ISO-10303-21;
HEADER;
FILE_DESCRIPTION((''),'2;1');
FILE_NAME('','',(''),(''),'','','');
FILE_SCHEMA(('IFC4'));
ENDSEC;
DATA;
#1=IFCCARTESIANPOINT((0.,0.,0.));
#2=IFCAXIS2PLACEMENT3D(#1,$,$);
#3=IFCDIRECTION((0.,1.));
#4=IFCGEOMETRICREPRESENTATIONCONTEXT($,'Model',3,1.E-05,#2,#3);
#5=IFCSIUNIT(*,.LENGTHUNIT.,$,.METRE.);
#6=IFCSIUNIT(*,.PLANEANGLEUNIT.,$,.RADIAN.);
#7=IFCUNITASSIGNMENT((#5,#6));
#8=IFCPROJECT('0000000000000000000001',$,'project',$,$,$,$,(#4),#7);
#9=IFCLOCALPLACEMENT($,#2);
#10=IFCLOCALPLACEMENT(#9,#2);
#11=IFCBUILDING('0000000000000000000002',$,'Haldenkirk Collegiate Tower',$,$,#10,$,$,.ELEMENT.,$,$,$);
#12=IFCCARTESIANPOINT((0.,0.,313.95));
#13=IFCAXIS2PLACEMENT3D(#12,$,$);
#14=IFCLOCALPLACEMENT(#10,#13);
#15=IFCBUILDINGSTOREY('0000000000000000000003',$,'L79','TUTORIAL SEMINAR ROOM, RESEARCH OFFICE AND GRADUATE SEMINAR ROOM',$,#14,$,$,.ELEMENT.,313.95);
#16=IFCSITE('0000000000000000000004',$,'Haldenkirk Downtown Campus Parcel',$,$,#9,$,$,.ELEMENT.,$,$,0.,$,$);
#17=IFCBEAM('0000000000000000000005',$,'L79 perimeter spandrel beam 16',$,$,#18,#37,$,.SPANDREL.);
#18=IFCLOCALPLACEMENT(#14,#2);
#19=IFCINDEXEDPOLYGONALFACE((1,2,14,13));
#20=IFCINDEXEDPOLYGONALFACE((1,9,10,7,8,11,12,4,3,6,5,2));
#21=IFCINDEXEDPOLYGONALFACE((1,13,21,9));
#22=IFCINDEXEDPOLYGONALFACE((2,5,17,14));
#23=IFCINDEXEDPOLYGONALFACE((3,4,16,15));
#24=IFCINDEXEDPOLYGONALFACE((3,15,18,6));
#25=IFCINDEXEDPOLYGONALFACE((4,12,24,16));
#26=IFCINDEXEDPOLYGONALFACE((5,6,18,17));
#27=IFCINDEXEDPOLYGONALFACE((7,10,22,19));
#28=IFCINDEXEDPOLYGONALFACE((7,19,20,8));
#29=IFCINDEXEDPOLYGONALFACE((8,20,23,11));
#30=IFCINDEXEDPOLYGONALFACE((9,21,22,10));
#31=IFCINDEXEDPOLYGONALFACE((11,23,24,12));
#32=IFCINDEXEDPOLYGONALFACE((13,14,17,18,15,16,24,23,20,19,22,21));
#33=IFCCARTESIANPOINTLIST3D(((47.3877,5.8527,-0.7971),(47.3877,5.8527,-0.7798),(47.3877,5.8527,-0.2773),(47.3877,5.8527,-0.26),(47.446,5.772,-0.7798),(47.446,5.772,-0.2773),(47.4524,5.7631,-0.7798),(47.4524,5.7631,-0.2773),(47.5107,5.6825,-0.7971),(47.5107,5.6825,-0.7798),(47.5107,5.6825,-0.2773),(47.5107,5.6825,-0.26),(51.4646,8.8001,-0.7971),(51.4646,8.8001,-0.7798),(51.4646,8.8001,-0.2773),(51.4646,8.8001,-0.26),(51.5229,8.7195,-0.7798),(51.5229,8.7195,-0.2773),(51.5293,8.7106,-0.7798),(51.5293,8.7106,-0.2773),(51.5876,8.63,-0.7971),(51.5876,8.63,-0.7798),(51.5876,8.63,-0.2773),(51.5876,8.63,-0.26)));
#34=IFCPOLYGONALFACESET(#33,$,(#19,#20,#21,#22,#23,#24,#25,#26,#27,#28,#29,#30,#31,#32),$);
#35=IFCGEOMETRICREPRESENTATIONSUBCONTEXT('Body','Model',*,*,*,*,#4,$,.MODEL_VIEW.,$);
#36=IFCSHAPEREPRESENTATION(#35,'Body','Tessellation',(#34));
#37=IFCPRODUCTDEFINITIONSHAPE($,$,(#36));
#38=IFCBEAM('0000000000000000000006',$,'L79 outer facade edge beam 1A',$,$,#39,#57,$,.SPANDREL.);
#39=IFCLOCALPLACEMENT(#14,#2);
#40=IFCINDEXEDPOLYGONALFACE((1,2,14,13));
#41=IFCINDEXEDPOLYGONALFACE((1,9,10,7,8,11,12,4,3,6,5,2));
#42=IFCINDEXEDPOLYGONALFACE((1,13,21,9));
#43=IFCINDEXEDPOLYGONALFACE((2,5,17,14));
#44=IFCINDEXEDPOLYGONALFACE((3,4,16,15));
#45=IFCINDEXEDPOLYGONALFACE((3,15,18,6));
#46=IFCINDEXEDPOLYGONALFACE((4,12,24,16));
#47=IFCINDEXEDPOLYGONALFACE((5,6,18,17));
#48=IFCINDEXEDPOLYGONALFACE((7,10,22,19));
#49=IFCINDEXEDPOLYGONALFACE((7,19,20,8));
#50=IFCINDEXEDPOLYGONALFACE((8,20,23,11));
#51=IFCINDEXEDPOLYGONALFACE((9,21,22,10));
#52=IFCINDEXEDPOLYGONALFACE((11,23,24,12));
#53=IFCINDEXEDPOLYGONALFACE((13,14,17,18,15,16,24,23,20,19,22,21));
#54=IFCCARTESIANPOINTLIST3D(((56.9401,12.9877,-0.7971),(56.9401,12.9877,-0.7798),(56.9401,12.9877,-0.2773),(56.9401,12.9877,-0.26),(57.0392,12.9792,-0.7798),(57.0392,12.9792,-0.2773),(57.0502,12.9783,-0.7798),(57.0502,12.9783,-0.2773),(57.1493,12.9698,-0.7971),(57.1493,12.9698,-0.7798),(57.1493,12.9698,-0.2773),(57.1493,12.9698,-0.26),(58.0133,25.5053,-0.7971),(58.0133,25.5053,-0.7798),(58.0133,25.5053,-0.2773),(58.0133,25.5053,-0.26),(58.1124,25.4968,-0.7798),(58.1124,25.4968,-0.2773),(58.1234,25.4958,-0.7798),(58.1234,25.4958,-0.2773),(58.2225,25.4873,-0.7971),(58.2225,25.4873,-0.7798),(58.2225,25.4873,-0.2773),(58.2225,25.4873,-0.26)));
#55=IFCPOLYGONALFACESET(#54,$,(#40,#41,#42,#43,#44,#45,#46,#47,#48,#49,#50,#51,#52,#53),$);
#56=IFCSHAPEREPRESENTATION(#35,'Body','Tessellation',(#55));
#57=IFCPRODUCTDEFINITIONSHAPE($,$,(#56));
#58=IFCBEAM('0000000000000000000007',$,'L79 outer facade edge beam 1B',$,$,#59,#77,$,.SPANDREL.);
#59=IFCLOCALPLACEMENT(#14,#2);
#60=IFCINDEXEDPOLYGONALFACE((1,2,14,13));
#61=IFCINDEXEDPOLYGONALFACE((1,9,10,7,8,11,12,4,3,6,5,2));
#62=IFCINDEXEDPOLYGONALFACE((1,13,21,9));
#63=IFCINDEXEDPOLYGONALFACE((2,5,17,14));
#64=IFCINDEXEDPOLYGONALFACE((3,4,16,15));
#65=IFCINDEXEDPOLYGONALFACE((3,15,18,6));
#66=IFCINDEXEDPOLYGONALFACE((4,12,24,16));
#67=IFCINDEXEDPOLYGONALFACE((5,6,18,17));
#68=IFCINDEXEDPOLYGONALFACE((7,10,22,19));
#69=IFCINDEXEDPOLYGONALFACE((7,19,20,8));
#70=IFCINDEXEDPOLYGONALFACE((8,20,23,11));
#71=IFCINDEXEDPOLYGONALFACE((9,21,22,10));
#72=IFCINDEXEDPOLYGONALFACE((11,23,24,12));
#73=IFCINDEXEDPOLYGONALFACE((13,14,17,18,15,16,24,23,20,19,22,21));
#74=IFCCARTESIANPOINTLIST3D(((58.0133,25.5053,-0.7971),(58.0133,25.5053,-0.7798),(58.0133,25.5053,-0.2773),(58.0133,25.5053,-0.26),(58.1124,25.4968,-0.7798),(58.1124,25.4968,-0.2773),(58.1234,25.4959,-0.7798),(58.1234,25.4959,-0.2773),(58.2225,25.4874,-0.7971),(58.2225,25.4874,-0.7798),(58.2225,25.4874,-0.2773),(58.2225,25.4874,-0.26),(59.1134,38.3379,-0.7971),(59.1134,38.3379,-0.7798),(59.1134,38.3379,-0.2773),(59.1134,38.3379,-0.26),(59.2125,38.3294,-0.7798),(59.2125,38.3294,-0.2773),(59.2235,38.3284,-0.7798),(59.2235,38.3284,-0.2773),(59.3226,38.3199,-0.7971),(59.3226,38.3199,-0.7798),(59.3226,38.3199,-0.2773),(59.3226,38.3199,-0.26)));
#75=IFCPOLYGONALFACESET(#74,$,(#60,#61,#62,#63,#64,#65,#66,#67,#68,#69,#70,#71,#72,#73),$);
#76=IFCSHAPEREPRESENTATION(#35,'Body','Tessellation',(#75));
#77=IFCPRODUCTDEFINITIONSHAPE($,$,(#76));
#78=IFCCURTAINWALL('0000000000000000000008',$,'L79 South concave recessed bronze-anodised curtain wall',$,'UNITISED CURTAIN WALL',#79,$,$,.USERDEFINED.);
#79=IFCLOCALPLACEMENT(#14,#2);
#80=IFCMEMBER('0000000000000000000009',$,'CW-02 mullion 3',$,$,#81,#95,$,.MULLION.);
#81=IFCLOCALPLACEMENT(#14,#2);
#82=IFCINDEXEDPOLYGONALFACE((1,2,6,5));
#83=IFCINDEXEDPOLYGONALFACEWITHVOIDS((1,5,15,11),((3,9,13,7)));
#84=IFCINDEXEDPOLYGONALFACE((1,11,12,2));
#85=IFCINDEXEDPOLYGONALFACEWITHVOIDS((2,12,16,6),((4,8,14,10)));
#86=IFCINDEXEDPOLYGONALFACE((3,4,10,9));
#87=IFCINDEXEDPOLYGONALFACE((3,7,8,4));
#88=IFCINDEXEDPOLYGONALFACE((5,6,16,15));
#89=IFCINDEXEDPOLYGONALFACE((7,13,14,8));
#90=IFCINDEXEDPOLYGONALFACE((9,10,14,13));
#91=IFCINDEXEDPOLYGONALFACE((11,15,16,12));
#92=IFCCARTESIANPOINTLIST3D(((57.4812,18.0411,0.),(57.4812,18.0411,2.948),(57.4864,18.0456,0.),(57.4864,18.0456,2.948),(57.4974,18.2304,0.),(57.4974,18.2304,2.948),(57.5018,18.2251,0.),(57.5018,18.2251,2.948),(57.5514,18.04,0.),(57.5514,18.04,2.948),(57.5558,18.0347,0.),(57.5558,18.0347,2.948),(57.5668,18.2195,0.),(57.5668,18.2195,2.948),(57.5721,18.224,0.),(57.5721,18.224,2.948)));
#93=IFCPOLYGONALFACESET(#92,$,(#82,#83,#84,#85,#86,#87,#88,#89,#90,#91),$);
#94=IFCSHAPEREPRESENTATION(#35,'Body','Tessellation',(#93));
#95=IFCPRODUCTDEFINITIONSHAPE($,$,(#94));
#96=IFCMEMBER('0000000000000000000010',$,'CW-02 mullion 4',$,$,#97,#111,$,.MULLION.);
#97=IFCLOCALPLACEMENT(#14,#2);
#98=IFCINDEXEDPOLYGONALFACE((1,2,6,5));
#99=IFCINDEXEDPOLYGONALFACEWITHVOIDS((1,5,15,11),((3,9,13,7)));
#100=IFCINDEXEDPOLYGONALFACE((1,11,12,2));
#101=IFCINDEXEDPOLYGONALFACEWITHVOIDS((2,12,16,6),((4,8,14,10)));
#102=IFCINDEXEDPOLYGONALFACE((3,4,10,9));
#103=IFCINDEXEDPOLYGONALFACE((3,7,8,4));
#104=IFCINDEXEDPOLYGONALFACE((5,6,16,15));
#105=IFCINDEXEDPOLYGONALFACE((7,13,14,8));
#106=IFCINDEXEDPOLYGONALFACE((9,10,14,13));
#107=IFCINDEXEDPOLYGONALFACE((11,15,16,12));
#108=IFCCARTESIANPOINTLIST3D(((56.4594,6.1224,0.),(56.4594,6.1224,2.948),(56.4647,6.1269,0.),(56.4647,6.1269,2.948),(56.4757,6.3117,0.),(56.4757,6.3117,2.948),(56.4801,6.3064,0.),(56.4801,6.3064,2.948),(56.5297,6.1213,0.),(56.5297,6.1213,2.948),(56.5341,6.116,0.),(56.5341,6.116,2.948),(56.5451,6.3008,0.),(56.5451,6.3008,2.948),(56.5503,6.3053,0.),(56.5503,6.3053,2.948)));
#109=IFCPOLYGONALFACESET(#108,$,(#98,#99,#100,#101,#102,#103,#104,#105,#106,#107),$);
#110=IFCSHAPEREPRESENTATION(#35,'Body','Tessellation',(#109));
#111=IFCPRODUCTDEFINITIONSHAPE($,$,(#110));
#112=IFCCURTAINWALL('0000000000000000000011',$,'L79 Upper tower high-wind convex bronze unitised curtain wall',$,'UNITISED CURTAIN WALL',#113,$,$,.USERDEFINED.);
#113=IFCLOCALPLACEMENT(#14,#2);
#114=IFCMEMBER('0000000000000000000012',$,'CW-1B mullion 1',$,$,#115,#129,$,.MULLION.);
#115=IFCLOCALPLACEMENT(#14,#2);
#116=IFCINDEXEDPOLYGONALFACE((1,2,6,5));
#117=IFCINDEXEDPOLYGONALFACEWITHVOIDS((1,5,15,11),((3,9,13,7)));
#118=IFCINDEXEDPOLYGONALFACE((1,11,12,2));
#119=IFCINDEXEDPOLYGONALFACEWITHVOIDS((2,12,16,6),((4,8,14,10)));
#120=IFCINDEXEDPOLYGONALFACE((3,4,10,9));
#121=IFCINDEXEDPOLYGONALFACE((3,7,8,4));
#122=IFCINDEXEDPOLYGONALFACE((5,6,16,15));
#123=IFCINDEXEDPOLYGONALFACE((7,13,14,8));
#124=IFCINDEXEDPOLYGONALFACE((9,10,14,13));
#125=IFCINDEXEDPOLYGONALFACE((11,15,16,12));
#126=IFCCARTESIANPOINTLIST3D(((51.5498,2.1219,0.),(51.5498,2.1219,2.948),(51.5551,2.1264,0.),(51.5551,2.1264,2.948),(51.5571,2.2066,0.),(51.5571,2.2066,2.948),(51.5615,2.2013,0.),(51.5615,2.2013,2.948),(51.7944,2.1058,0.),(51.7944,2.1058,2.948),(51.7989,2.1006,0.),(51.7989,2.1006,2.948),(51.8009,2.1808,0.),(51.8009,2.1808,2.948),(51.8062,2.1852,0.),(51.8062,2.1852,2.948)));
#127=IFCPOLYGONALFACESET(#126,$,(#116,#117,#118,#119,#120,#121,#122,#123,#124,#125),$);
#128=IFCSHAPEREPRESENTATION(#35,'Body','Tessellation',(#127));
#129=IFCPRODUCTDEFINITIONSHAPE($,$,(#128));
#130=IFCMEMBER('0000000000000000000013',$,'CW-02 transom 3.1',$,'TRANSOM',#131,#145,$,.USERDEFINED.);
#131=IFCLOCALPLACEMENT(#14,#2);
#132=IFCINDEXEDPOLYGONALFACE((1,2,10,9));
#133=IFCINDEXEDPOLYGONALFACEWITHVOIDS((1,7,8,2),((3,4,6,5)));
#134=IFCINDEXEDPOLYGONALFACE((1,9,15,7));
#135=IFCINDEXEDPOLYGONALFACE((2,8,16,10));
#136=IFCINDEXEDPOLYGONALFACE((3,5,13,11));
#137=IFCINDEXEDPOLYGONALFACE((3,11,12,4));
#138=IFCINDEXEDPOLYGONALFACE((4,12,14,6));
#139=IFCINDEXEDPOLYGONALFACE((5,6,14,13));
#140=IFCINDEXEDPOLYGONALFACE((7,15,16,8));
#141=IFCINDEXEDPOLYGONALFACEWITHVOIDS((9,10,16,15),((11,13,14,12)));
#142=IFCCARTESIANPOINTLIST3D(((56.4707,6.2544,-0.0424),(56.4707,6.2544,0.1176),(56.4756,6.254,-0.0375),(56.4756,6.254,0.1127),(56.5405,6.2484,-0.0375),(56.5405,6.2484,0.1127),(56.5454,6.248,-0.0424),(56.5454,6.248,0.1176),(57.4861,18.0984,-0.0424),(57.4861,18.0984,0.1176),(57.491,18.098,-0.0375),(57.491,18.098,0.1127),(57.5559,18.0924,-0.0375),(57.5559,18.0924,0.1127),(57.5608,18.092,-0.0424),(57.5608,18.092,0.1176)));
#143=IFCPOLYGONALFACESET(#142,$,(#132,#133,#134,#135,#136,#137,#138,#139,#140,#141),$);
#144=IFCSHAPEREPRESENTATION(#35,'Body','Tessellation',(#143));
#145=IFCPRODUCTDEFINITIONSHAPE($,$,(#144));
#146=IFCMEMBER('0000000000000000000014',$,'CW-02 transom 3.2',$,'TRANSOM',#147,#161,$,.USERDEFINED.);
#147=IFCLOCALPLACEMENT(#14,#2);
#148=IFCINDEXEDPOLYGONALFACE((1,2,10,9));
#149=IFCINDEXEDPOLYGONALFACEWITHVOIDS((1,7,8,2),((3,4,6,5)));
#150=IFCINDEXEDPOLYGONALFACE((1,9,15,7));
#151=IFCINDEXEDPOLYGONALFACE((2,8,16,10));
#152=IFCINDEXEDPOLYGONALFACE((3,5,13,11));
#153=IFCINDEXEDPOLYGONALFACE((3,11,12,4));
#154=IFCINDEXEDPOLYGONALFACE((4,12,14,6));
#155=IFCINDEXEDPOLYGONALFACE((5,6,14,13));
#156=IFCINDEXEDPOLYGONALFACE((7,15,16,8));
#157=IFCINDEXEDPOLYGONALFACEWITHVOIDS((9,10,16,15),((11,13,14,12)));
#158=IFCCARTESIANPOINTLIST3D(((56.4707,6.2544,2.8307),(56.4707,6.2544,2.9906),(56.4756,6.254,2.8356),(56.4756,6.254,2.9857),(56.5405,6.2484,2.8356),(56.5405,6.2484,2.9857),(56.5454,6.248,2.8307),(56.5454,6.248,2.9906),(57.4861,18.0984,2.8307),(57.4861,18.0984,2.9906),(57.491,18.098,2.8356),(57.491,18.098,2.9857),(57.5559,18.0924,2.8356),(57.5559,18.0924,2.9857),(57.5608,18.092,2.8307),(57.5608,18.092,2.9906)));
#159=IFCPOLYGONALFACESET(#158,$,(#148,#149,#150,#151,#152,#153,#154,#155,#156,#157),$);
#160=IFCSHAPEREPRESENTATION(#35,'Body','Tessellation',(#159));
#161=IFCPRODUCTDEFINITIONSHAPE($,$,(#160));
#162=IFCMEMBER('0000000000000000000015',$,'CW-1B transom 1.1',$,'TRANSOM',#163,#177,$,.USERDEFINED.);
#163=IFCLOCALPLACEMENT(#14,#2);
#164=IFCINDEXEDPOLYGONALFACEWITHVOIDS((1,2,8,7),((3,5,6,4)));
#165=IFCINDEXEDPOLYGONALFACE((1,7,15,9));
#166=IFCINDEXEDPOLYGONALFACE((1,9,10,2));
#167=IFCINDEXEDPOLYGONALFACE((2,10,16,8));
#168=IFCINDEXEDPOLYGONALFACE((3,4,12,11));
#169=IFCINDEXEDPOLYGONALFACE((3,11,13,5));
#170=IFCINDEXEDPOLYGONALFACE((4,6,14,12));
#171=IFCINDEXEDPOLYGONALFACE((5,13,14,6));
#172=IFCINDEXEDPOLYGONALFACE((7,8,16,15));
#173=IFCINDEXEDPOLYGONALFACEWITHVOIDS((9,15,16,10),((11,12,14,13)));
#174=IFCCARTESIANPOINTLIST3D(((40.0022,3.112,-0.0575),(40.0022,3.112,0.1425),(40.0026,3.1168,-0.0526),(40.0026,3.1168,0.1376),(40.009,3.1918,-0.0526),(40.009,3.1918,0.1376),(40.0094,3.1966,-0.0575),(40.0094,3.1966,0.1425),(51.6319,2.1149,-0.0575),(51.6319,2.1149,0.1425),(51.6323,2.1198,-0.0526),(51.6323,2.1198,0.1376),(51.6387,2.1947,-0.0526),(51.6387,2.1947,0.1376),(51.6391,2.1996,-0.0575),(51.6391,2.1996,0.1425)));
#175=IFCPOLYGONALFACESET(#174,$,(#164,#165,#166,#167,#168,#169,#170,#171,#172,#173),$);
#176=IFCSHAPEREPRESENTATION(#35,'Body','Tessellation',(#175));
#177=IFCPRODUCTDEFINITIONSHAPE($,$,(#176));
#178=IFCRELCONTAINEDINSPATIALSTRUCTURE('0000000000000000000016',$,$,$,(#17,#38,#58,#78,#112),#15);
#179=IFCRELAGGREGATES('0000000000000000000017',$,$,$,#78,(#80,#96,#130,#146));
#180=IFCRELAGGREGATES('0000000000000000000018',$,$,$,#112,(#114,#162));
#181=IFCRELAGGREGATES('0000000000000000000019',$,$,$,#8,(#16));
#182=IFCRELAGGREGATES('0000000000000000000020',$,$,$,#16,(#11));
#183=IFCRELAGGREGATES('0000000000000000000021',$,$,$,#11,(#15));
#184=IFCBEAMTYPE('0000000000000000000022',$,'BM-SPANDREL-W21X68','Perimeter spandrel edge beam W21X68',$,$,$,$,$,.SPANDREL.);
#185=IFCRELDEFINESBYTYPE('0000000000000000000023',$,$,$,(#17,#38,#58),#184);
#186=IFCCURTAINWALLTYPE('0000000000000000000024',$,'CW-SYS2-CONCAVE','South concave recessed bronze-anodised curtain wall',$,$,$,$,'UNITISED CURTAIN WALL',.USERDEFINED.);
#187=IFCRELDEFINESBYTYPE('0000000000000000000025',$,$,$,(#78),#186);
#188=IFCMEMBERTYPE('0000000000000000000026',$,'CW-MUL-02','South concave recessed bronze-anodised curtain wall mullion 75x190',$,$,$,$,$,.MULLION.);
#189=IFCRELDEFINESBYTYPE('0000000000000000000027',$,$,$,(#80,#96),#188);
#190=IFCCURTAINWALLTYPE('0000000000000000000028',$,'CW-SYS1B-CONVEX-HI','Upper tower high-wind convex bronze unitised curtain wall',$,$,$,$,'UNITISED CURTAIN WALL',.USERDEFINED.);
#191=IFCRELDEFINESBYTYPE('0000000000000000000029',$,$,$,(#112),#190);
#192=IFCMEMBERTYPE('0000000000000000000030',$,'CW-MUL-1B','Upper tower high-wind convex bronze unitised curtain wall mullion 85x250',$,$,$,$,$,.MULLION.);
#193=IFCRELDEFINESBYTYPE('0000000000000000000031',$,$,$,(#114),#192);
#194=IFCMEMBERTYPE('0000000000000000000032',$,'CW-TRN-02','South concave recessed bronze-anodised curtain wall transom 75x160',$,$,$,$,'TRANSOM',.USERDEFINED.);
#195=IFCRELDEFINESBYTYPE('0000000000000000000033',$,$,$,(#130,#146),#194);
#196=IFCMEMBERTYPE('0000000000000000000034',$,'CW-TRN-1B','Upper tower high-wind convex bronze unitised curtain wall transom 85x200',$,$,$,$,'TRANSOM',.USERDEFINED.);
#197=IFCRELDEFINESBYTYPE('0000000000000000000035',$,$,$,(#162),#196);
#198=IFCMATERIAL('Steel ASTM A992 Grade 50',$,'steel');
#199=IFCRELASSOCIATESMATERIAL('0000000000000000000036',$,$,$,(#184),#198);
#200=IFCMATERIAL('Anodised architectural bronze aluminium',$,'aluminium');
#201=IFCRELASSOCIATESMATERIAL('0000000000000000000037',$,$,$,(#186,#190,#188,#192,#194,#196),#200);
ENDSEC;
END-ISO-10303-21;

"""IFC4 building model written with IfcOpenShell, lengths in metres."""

from ifc_helpers import new_model, si_unit, direction, frame, origin, origin_2d, place, context, subcontext, project, spatial, hollow_rectangle, i_section, extrude, material, material_profile, profile_set, type_object, element, aggregate, save


model = new_model("IFC4")

# Units and contexts
model_context = context("Model", 3, precision=1e-05, world=origin(), true_north=direction((0.0, 1.0)))
body_context = subcontext(model_context, "Body", "Model", "MODEL_VIEW")
ifc_project = project(units=[si_unit("LENGTHUNIT", "METRE"), si_unit("PLANEANGLEUNIT", "RADIAN")], contexts=[model_context])

# Site, building, storey
site_placement = place(None, origin())
site = spatial("IfcSite", under=ifc_project, at=site_placement, Name="Haldenkirk Downtown Campus Parcel", CompositionType="ELEMENT", RefElevation=0.0)
building_placement = place(site_placement, origin())
building = spatial("IfcBuilding", under=site, at=building_placement, Name="Haldenkirk Collegiate Tower", CompositionType="ELEMENT")
storey_placement = place(building_placement, frame((0.0, 0.0, 313.95)))
storey = spatial("IfcBuildingStorey", under=building, at=storey_placement, Name="L79", Description="TUTORIAL SEMINAR ROOM, RESEARCH OFFICE AND GRADUATE SEMINAR ROOM", CompositionType="ELEMENT", Elevation=313.95)

# Beams
ifc_material_1 = material(Name="Steel ASTM A992 Grade 50", Category="steel")
ifc_material_profile_1 = material_profile(ifc_material_1, i_section(OverallWidth=0.21, OverallDepth=0.5371, WebThickness=0.011, FlangeThickness=0.0173, at=origin_2d()), Name="W21X68")
ifc_profile_set_1 = profile_set([ifc_material_profile_1], Name="Steel ASTM A992 Grade 50")
beam_type_1 = type_object("IfcBeamType", Name="BM-SPANDREL-W21X68", Description="Perimeter spandrel edge beam W21X68", PredefinedType="SPANDREL", material=ifc_profile_set_1)
beam_1_placement = place(storey_placement, frame((47.4492, 5.7676, -0.5286), z_axis=(0.810389, 0.585893, 0.0), x_axis=(-0.585893, 0.810389, 0.0)))
element("IfcBeam", 1, at=beam_1_placement, inside=storey, type_object=beam_type_1, Name="L79 perimeter spandrel beam 16", PredefinedType="SPANDREL", context=body_context, shape_type="SweptSolid", body=[
    extrude(i_section(OverallWidth=0.21, OverallDepth=0.5371, WebThickness=0.011, FlangeThickness=0.0173, at=origin_2d()), origin(), (0.0, 0.0, 1.0), 5.0308),
])
beam_2_placement = place(storey_placement, frame((57.0447, 12.9788, -0.5286), z_axis=(0.085425, 0.996345, 0.0), x_axis=(-0.996345, 0.085425, 0.0)))
element("IfcBeam", 2, at=beam_2_placement, inside=storey, type_object=beam_type_1, Name="L79 outer facade edge beam 1A", PredefinedType="SPANDREL", context=body_context, shape_type="SweptSolid", body=[
    extrude(i_section(OverallWidth=0.21, OverallDepth=0.5371, WebThickness=0.011, FlangeThickness=0.0173, at=origin_2d()), origin(), (0.0, 0.0, 1.0), 12.5635),
])
beam_3_placement = place(storey_placement, frame((58.1179, 25.4963, -0.5286), z_axis=(0.085414, 0.996346, 0.0), x_axis=(-0.996346, 0.085414, 0.0)))
element("IfcBeam", 3, at=beam_3_placement, inside=storey, type_object=beam_type_1, Name="L79 outer facade edge beam 1B", PredefinedType="SPANDREL", context=body_context, shape_type="SweptSolid", body=[
    extrude(i_section(OverallWidth=0.21, OverallDepth=0.5371, WebThickness=0.011, FlangeThickness=0.0173, at=origin_2d()), origin(), (0.0, 0.0, 1.0), 12.8796),
])

# Curtain wall, members
ifc_material_2 = material(Name="Anodised architectural bronze aluminium", Category="aluminium")
curtain_wall_type_1 = type_object("IfcCurtainWallType", Name="CW-SYS2-CONCAVE", Description="South concave recessed bronze-anodised curtain wall", ElementType="UNITISED CURTAIN WALL", PredefinedType="USERDEFINED", material=ifc_material_2)
curtain_wall_1_placement = place(storey_placement, origin())
curtain_wall_1 = element("IfcCurtainWall", 4, at=curtain_wall_1_placement, inside=storey, type_object=curtain_wall_type_1, Name="L79 South concave recessed bronze-anodised curtain wall", ObjectType="UNITISED CURTAIN WALL", PredefinedType="USERDEFINED")
ifc_material_profile_2 = material_profile(ifc_material_2, hollow_rectangle(XDim=0.075, YDim=0.1899, WallThickness=0.0049, at=origin_2d()), Name="CW-MUL-02")
ifc_profile_set_2 = profile_set([ifc_material_profile_2], Name="Anodised architectural bronze aluminium")
member_type_1 = type_object("IfcMemberType", Name="CW-MUL-02", Description="South concave recessed bronze-anodised curtain wall mullion 75x190", PredefinedType="MULLION", material=ifc_profile_set_2)
member_1_placement = place(storey_placement, frame((57.5266, 18.1326, 0.0), z_axis=(0.0, 0.0, 1.0), x_axis=(0.996345, -0.085417, 0.0)))
member_1 = element("IfcMember", 5, at=member_1_placement, type_object=member_type_1, Name="CW-02 mullion 3", PredefinedType="MULLION", context=body_context, shape_type="SweptSolid", body=[
    extrude(hollow_rectangle(XDim=0.075, YDim=0.1899, WallThickness=0.0049, at=origin_2d()), origin(), (0.0, 0.0, 1.0), 2.948),
])
member_2_placement = place(storey_placement, frame((56.5049, 6.2139, 0.0), z_axis=(0.0, 0.0, 1.0), x_axis=(0.996345, -0.085417, 0.0)))
member_2 = element("IfcMember", 6, at=member_2_placement, type_object=member_type_1, Name="CW-02 mullion 4", PredefinedType="MULLION", context=body_context, shape_type="SweptSolid", body=[
    extrude(hollow_rectangle(XDim=0.075, YDim=0.1899, WallThickness=0.0049, at=origin_2d()), origin(), (0.0, 0.0, 1.0), 2.948),
])

# Curtain wall, member
curtain_wall_type_2 = type_object("IfcCurtainWallType", Name="CW-SYS1B-CONVEX-HI", Description="Upper tower high-wind convex bronze unitised curtain wall", ElementType="UNITISED CURTAIN WALL", PredefinedType="USERDEFINED", material=ifc_material_2)
curtain_wall_2_placement = place(storey_placement, origin())
curtain_wall_2 = element("IfcCurtainWall", 7, at=curtain_wall_2_placement, inside=storey, type_object=curtain_wall_type_2, Name="L79 Upper tower high-wind convex bronze unitised curtain wall", ObjectType="UNITISED CURTAIN WALL", PredefinedType="USERDEFINED")
ifc_material_profile_3 = material_profile(ifc_material_2, hollow_rectangle(XDim=0.085, YDim=0.25, WallThickness=0.0049, at=origin_2d()), Name="CW-MUL-1B")
ifc_profile_set_3 = profile_set([ifc_material_profile_3], Name="Anodised architectural bronze aluminium")
member_type_2 = type_object("IfcMemberType", Name="CW-MUL-1B", Description="Upper tower high-wind convex bronze unitised curtain wall mullion 85x250", PredefinedType="MULLION", material=ifc_profile_set_3)
member_3_placement = place(storey_placement, frame((51.678, 2.1536, 0.0), z_axis=(0.0, 0.0, 1.0), x_axis=(-0.085418, -0.996345, 0.0)))
member_3 = element("IfcMember", 8, at=member_3_placement, type_object=member_type_2, Name="CW-1B mullion 1", PredefinedType="MULLION", context=body_context, shape_type="SweptSolid", body=[
    extrude(hollow_rectangle(XDim=0.085, YDim=0.25, WallThickness=0.0049, at=origin_2d()), origin(), (0.0, 0.0, 1.0), 2.948),
])

# Members
ifc_material_profile_4 = material_profile(ifc_material_2, hollow_rectangle(XDim=0.075, YDim=0.1599, WallThickness=0.0049, at=origin_2d()), Name="CW-TRN-02")
ifc_profile_set_4 = profile_set([ifc_material_profile_4], Name="Anodised architectural bronze aluminium")
member_type_3 = type_object("IfcMemberType", Name="CW-TRN-02", Description="South concave recessed bronze-anodised curtain wall transom 75x160", ElementType="TRANSOM", PredefinedType="USERDEFINED", material=ifc_profile_set_4)
member_4_placement = place(storey_placement, frame((57.5234, 18.0952, 0.0376), z_axis=(-0.085416, -0.996345, 0.0), x_axis=(0.996345, -0.085416, 0.0)))
member_4 = element("IfcMember", 9, at=member_4_placement, type_object=member_type_3, Name="CW-02 transom 3.1", ObjectType="TRANSOM", PredefinedType="USERDEFINED", context=body_context, shape_type="SweptSolid", body=[
    extrude(hollow_rectangle(XDim=0.075, YDim=0.1599, WallThickness=0.0049, at=origin_2d()), origin(), (0.0, 0.0, 1.0), 11.8875),
])
member_5_placement = place(storey_placement, frame((57.5234, 18.0952, 2.9106), z_axis=(-0.085416, -0.996345, 0.0), x_axis=(0.996345, -0.085416, 0.0)))
member_5 = element("IfcMember", 10, at=member_5_placement, type_object=member_type_3, Name="CW-02 transom 3.2", ObjectType="TRANSOM", PredefinedType="USERDEFINED", context=body_context, shape_type="SweptSolid", body=[
    extrude(hollow_rectangle(XDim=0.075, YDim=0.1599, WallThickness=0.0049, at=origin_2d()), origin(), (0.0, 0.0, 1.0), 11.8875),
])
ifc_material_profile_5 = material_profile(ifc_material_2, hollow_rectangle(XDim=0.085, YDim=0.2, WallThickness=0.0049, at=origin_2d()), Name="CW-TRN-1B")
ifc_profile_set_5 = profile_set([ifc_material_profile_5], Name="Anodised architectural bronze aluminium")
member_type_4 = type_object("IfcMemberType", Name="CW-TRN-1B", Description="Upper tower high-wind convex bronze unitised curtain wall transom 85x200", ElementType="TRANSOM", PredefinedType="USERDEFINED", material=ifc_profile_set_5)
member_6_placement = place(storey_placement, frame((51.6355, 2.1572, 0.0425), z_axis=(-0.996345, 0.085422, 0.0), x_axis=(-0.085422, -0.996345, 0.0)))
member_6 = element("IfcMember", 11, at=member_6_placement, type_object=member_type_4, Name="CW-1B transom 1.1", ObjectType="TRANSOM", PredefinedType="USERDEFINED", context=body_context, shape_type="SweptSolid", body=[
    extrude(hollow_rectangle(XDim=0.085, YDim=0.2, WallThickness=0.0049, at=origin_2d()), origin(), (0.0, 0.0, 1.0), 11.6724),
])

aggregate(curtain_wall_1, [member_1, member_2, member_4, member_5])
aggregate(curtain_wall_2, [member_3, member_6])

save(model, "model.ifc")
